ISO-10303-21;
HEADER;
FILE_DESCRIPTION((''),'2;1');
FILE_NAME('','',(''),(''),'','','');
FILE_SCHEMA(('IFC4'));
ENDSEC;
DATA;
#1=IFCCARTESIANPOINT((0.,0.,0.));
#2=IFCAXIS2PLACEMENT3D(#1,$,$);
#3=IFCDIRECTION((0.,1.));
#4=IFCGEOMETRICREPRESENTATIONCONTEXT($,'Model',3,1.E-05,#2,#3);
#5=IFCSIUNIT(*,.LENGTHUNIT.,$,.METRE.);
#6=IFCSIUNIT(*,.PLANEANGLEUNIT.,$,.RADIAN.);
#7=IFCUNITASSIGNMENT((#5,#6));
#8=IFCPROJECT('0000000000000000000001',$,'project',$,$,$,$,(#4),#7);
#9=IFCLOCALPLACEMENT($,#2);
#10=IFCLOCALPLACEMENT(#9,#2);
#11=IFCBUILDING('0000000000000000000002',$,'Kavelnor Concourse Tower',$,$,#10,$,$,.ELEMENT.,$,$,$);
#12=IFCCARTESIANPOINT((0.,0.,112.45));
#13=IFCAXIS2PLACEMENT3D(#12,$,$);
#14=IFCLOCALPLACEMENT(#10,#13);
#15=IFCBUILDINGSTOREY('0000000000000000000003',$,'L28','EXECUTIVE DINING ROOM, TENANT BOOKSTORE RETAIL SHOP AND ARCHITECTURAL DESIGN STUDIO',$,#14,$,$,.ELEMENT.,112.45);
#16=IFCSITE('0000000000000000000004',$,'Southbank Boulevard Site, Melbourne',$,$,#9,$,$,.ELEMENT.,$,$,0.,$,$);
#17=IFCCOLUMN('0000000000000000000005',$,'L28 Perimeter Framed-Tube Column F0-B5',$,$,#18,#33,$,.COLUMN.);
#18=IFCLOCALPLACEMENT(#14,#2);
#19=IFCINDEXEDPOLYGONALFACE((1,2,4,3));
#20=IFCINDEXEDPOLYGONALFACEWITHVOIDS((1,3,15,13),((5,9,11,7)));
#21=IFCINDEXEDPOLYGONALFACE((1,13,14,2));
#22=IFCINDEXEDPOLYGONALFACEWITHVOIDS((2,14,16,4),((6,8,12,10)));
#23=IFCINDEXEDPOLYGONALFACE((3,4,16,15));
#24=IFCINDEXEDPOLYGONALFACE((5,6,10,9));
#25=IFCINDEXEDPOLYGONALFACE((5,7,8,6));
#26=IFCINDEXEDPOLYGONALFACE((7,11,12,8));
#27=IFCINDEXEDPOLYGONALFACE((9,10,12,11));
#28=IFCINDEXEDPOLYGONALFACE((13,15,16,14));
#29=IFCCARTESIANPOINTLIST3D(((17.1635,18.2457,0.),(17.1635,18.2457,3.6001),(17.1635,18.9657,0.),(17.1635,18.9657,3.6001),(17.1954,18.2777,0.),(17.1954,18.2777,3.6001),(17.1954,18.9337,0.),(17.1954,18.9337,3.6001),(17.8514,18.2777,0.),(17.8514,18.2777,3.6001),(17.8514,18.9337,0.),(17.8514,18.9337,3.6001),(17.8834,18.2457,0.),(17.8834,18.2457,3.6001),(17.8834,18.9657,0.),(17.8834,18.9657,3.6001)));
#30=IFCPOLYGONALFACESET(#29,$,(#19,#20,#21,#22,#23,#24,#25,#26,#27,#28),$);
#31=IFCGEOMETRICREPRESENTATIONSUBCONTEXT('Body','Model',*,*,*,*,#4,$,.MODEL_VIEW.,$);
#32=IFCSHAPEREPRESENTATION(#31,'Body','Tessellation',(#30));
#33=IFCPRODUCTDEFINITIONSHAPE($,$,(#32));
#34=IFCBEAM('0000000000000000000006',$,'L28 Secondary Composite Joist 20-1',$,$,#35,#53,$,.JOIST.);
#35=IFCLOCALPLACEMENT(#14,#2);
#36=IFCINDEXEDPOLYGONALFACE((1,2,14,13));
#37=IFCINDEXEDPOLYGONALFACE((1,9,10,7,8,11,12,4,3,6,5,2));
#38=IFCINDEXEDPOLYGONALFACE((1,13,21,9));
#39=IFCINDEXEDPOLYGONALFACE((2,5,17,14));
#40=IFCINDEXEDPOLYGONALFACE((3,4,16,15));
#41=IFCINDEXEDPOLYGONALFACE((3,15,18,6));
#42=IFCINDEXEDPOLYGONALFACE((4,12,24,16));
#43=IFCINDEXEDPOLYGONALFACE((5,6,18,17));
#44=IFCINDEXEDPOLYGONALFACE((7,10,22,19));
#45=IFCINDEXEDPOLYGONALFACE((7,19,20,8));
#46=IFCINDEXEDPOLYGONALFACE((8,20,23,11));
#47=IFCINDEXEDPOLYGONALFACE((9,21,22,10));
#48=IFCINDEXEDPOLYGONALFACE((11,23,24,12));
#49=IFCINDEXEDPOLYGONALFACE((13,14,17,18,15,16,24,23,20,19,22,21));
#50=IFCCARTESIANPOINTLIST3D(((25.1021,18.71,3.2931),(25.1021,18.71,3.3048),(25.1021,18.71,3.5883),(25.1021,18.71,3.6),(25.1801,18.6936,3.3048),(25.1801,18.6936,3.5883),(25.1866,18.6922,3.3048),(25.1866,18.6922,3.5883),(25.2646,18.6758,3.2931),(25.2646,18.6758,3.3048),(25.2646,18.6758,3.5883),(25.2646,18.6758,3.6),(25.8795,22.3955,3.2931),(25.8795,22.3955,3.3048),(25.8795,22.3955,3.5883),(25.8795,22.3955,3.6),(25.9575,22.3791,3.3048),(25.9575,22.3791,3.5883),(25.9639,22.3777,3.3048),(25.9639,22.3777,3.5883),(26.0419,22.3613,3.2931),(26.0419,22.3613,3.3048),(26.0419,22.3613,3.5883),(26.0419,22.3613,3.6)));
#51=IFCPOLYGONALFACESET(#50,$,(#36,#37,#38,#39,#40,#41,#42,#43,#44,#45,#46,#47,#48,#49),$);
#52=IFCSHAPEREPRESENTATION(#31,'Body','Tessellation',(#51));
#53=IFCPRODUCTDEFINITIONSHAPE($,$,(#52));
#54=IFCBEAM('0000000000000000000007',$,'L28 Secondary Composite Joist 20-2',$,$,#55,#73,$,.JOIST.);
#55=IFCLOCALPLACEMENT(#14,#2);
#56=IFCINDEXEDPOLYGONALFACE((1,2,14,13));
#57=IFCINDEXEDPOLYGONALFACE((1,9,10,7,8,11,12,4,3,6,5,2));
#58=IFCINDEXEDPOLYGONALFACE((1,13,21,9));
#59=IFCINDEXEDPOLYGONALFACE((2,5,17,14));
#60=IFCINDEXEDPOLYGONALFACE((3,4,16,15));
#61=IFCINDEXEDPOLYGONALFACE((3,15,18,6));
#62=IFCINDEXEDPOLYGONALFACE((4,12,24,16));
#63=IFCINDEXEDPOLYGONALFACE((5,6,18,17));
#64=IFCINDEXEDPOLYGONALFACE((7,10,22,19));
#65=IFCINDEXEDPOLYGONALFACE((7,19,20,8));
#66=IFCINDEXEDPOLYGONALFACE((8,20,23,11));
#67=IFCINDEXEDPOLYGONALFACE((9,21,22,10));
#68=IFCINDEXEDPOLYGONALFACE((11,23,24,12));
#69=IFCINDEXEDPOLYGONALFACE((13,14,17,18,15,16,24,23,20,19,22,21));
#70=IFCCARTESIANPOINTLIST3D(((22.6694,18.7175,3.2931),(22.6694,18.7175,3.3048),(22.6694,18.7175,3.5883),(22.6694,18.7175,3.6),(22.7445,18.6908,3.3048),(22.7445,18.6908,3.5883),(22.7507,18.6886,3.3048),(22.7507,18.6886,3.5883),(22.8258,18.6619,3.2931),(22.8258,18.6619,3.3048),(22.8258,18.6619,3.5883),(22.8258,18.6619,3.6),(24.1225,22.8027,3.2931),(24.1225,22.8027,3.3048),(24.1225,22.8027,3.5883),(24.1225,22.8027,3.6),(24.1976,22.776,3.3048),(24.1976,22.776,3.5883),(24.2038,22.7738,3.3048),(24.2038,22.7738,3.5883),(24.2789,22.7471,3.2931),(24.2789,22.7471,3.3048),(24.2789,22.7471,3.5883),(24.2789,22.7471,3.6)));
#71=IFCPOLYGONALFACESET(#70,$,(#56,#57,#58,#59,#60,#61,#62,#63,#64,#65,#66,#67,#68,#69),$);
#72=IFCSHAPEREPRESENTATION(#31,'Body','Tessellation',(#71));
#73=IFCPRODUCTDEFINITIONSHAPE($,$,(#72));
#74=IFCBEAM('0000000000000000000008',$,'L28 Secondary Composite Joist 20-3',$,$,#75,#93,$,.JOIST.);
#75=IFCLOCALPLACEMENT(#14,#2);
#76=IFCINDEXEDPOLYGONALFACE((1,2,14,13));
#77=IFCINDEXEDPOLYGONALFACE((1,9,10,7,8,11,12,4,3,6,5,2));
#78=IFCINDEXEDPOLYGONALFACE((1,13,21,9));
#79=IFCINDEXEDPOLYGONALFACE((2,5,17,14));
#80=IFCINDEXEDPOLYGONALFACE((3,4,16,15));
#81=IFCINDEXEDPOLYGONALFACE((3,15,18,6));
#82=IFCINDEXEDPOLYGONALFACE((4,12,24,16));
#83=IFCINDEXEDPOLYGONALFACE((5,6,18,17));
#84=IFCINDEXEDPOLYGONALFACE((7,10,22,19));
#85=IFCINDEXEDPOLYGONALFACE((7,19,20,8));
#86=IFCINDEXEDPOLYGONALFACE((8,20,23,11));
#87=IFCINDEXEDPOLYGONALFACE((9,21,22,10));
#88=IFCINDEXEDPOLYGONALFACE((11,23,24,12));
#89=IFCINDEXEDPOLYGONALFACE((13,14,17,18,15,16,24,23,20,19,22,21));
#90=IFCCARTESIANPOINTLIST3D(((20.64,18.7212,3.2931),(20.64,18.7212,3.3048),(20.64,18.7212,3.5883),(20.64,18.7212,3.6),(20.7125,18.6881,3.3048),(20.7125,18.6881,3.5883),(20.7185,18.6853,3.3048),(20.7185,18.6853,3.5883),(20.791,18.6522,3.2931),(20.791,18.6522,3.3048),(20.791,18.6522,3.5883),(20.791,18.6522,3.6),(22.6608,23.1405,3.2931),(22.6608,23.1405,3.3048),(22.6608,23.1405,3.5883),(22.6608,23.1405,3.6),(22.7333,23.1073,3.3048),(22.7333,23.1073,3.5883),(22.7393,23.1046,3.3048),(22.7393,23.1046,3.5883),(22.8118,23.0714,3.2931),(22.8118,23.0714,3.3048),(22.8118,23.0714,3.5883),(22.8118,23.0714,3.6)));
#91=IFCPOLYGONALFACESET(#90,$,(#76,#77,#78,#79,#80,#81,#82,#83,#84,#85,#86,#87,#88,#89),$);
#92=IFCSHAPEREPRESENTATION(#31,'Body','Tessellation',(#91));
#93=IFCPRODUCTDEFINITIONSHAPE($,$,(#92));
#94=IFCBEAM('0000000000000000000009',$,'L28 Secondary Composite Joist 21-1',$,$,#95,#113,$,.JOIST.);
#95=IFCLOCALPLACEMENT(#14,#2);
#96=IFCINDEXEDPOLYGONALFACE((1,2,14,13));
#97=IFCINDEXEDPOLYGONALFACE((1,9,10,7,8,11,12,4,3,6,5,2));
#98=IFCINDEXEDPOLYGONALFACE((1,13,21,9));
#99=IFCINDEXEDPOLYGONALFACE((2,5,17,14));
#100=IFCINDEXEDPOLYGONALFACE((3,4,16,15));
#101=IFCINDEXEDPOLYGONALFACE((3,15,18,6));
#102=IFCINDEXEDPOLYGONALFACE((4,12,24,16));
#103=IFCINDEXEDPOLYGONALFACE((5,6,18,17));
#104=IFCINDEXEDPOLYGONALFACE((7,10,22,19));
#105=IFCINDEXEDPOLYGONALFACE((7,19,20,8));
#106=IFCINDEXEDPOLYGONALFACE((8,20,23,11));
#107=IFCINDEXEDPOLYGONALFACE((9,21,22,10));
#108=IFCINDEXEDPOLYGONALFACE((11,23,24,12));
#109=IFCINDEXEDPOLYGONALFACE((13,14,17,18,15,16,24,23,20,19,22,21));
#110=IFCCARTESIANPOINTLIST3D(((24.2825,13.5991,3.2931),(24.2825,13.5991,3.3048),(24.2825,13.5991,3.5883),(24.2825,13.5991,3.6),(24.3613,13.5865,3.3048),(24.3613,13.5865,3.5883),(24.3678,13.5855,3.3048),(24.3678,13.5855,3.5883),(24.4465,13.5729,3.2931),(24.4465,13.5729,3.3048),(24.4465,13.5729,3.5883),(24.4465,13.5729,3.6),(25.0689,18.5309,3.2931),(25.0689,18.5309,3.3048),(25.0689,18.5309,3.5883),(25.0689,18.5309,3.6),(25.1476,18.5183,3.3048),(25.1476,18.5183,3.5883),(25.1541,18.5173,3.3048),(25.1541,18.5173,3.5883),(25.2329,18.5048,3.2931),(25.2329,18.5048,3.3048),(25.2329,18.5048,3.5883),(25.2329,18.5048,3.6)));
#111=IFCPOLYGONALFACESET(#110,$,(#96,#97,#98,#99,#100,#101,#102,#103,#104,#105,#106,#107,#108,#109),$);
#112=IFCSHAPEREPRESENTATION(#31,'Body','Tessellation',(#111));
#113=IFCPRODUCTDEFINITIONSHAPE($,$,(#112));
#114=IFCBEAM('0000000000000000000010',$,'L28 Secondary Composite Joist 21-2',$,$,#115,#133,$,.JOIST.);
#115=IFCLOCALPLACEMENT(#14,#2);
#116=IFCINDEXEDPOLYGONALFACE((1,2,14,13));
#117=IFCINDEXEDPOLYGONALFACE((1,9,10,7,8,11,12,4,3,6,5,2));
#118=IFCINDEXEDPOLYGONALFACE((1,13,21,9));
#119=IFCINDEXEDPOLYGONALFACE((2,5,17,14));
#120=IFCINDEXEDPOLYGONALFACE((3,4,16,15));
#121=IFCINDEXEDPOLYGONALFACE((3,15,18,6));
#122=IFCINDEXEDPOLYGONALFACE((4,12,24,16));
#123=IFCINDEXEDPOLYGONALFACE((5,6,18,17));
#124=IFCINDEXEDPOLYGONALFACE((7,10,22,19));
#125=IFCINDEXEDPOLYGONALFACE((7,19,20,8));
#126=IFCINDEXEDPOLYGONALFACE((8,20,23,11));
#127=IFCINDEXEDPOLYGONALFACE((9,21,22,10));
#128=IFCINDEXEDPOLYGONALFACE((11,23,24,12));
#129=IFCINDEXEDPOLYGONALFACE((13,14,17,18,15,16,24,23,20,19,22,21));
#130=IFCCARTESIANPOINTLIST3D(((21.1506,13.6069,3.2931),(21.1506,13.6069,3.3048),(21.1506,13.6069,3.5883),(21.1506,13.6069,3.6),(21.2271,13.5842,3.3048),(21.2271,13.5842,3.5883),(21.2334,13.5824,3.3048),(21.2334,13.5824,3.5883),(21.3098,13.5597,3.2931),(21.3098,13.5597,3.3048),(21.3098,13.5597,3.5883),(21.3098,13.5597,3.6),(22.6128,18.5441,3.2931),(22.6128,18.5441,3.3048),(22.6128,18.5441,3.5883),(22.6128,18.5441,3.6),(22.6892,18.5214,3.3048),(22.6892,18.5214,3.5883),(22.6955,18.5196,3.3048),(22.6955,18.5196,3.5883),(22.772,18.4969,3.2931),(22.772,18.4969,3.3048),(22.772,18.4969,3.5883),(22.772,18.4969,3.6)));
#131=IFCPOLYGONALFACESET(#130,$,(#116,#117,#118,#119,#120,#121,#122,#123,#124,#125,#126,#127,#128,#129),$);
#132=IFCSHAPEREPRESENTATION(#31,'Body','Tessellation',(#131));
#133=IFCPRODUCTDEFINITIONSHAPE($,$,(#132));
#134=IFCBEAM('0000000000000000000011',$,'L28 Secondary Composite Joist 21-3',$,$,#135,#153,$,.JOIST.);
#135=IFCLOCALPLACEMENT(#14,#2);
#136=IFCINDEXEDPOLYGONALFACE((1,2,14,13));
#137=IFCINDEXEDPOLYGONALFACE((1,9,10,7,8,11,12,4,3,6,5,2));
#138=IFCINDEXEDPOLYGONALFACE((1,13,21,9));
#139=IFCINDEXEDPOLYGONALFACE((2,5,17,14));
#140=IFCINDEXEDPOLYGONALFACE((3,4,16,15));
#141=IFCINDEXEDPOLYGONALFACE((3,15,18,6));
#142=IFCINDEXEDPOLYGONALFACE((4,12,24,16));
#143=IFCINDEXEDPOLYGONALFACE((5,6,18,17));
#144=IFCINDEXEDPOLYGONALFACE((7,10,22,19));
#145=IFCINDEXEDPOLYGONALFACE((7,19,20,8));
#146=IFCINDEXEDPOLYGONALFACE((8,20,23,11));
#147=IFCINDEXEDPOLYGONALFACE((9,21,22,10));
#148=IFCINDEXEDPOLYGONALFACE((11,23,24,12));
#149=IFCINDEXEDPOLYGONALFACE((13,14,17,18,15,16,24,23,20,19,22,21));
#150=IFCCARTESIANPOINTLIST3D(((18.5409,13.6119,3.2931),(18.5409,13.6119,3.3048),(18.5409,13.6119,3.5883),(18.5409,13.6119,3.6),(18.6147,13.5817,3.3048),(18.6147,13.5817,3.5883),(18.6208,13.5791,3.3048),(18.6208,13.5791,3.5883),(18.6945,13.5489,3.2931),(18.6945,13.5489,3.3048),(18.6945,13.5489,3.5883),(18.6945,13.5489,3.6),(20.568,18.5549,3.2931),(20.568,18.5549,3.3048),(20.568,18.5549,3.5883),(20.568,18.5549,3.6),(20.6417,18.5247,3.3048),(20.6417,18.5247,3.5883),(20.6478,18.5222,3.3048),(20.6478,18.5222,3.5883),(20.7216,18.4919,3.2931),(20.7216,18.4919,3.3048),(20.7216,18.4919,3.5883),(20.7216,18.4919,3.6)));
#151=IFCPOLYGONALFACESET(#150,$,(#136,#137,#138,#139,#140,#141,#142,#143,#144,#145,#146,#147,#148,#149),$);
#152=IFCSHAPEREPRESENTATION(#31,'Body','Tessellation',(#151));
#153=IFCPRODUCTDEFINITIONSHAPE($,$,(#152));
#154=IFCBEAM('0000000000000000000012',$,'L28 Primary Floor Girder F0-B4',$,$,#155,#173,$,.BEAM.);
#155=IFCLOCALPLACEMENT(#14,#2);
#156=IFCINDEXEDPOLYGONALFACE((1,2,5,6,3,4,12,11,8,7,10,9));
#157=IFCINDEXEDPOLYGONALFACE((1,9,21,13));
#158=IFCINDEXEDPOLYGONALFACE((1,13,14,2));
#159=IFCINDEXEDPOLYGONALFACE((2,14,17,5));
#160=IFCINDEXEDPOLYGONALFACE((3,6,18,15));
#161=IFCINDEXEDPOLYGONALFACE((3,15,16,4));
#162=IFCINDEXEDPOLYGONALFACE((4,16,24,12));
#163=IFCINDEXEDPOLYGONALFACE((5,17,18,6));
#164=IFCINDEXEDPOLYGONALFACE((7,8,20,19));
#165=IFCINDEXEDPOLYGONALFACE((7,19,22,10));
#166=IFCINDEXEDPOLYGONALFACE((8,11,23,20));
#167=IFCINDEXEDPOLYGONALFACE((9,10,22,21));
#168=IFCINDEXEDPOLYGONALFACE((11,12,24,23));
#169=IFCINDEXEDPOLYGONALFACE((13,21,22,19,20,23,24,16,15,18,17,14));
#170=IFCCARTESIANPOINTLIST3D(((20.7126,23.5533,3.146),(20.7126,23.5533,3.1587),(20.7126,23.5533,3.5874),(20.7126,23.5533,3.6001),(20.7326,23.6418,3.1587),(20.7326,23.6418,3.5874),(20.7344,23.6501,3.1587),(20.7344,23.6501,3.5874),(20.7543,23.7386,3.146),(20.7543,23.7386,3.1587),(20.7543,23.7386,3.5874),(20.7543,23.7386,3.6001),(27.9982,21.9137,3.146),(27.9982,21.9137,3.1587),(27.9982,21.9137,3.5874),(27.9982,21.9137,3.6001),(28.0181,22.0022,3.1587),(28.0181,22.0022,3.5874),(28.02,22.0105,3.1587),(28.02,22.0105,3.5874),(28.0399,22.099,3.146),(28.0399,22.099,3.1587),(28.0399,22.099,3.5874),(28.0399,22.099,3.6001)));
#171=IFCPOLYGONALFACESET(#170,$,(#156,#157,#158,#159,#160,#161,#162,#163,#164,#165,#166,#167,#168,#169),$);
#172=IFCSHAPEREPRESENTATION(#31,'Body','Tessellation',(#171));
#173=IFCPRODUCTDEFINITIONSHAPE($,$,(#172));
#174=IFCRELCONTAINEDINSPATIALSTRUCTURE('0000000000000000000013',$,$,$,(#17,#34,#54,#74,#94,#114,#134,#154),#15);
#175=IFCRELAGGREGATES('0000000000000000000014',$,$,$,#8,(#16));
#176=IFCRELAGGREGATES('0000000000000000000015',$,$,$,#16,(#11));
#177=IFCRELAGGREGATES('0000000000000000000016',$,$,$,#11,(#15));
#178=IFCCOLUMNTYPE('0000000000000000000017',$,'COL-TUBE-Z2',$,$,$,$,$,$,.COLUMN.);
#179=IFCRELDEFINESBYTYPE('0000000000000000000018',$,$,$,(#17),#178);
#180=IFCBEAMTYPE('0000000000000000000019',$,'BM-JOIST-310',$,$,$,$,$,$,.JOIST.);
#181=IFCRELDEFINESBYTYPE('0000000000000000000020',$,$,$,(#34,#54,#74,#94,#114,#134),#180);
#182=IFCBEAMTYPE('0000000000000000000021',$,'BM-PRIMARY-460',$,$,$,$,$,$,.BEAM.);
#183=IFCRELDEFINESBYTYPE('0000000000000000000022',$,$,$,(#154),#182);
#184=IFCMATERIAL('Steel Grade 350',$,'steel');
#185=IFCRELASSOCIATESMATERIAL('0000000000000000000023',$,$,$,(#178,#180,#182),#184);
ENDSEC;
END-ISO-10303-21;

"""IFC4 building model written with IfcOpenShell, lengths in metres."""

from ifc_helpers import new_model, si_unit, direction, frame, origin, origin_2d, place, context, subcontext, project, spatial, hollow_rectangle, i_section, extrude, material, material_profile, profile_set, type_object, element, save


model = new_model("IFC4")

# Units and contexts
model_context = context("Model", 3, precision=1e-05, world=origin(), true_north=direction((0.0, 1.0)))
body_context = subcontext(model_context, "Body", "Model", "MODEL_VIEW")
ifc_project = project(units=[si_unit("LENGTHUNIT", "METRE"), si_unit("PLANEANGLEUNIT", "RADIAN")], contexts=[model_context])

# Site, building, storey
site_placement = place(None, origin())
site = spatial("IfcSite", under=ifc_project, at=site_placement, Name="Southbank Boulevard Site, Melbourne", CompositionType="ELEMENT", RefElevation=0.0)
building_placement = place(site_placement, origin())
building = spatial("IfcBuilding", under=site, at=building_placement, Name="Kavelnor Concourse Tower", CompositionType="ELEMENT")
storey_placement = place(building_placement, frame((0.0, 0.0, 112.45)))
storey = spatial("IfcBuildingStorey", under=building, at=storey_placement, Name="L28", Description="EXECUTIVE DINING ROOM, TENANT BOOKSTORE RETAIL SHOP AND ARCHITECTURAL DESIGN STUDIO", CompositionType="ELEMENT", Elevation=112.45)

# Column
ifc_material_1 = material(Name="Steel Grade 350", Category="steel")
ifc_material_profile_1 = material_profile(ifc_material_1, hollow_rectangle(XDim=0.72, YDim=0.72, WallThickness=0.032, at=origin_2d()), Name="SHS 720x720x32")
ifc_profile_set_1 = profile_set([ifc_material_profile_1], Name="Steel Grade 350")
column_type = type_object("IfcColumnType", Name="COL-TUBE-Z2", PredefinedType="COLUMN", material=ifc_profile_set_1)
column_placement = place(storey_placement, frame((17.5234, 18.6057, 0.0), z_axis=(0.0, 0.0, 1.0), x_axis=(1.0, 0.0, 0.0)))
element("IfcColumn", 1, at=column_placement, inside=storey, type_object=column_type, Name="L28 Perimeter Framed-Tube Column F0-B5", PredefinedType="COLUMN", context=body_context, shape_type="SweptSolid", body=[
    extrude(hollow_rectangle(XDim=0.72, YDim=0.72, WallThickness=0.032, at=origin_2d()), origin(), (0.0, 0.0, 1.0), 3.6001),
])

# Beams
ifc_material_profile_2 = material_profile(ifc_material_1, i_section(OverallWidth=0.166, OverallDepth=0.3069, WebThickness=0.0066, FlangeThickness=0.0117, at=origin_2d()), Name="310UB46")
ifc_profile_set_2 = profile_set([ifc_material_profile_2], Name="Steel Grade 350")
beam_type_1 = type_object("IfcBeamType", Name="BM-JOIST-310", PredefinedType="JOIST", material=ifc_profile_set_2)
beam_1_placement = place(storey_placement, frame((25.9607, 22.3784, 3.4465), z_axis=(-0.206376, -0.978473, 0.0), x_axis=(0.978473, -0.206376, 0.0)))
element("IfcBeam", 2, at=beam_1_placement, inside=storey, type_object=beam_type_1, Name="L28 Secondary Composite Joist 20-1", PredefinedType="JOIST", context=body_context, shape_type="SweptSolid", body=[
    extrude(i_section(OverallWidth=0.166, OverallDepth=0.3069, WebThickness=0.0066, FlangeThickness=0.0117, at=origin_2d()), origin(), (0.0, 0.0, 1.0), 3.7666),
])
beam_2_placement = place(storey_placement, frame((24.2007, 22.7749, 3.4465), z_axis=(-0.335134, -0.94217, 0.0), x_axis=(0.94217, -0.335134, 0.0)))
element("IfcBeam", 3, at=beam_2_placement, inside=storey, type_object=beam_type_1, Name="L28 Secondary Composite Joist 20-2", PredefinedType="JOIST", context=body_context, shape_type="SweptSolid", body=[
    extrude(i_section(OverallWidth=0.166, OverallDepth=0.3069, WebThickness=0.0066, FlangeThickness=0.0117, at=origin_2d()), origin(), (0.0, 0.0, 1.0), 4.3359),
])
beam_3_placement = place(storey_placement, frame((22.7363, 23.106, 3.4465), z_axis=(-0.415854, -0.909432, 0.0), x_axis=(0.909432, -0.415854, 0.0)))
element("IfcBeam", 4, at=beam_3_placement, inside=storey, type_object=beam_type_1, Name="L28 Secondary Composite Joist 20-3", PredefinedType="JOIST", context=body_context, shape_type="SweptSolid", body=[
    extrude(i_section(OverallWidth=0.166, OverallDepth=0.3069, WebThickness=0.0066, FlangeThickness=0.0117, at=origin_2d()), origin(), (0.0, 0.0, 1.0), 4.8594),
])
beam_4_placement = place(storey_placement, frame((25.1509, 18.5178, 3.4465), z_axis=(-0.157459, -0.987526, 0.0), x_axis=(0.987526, -0.157459, 0.0)))
element("IfcBeam", 5, at=beam_4_placement, inside=storey, type_object=beam_type_1, Name="L28 Secondary Composite Joist 21-1", PredefinedType="JOIST", context=body_context, shape_type="SweptSolid", body=[
    extrude(i_section(OverallWidth=0.166, OverallDepth=0.3069, WebThickness=0.0066, FlangeThickness=0.0117, at=origin_2d()), origin(), (0.0, 0.0, 1.0), 4.9941),
])
beam_5_placement = place(storey_placement, frame((22.6924, 18.5205, 3.4465), z_axis=(-0.283958, -0.958837, 0.0), x_axis=(0.958837, -0.283958, 0.0)))
element("IfcBeam", 6, at=beam_5_placement, inside=storey, type_object=beam_type_1, Name="L28 Secondary Composite Joist 21-2", PredefinedType="JOIST", context=body_context, shape_type="SweptSolid", body=[
    extrude(i_section(OverallWidth=0.166, OverallDepth=0.3069, WebThickness=0.0066, FlangeThickness=0.0117, at=origin_2d()), origin(), (0.0, 0.0, 1.0), 5.1492),
])
beam_6_placement = place(storey_placement, frame((20.6448, 18.5234, 3.4465), z_axis=(-0.379421, -0.925224, 0.0), x_axis=(0.925224, -0.379421, 0.0)))
element("IfcBeam", 7, at=beam_6_placement, inside=storey, type_object=beam_type_1, Name="L28 Secondary Composite Joist 21-3", PredefinedType="JOIST", context=body_context, shape_type="SweptSolid", body=[
    extrude(i_section(OverallWidth=0.166, OverallDepth=0.3069, WebThickness=0.0066, FlangeThickness=0.0117, at=origin_2d()), origin(), (0.0, 0.0, 1.0), 5.3425),
])
ifc_material_profile_3 = material_profile(ifc_material_1, i_section(OverallWidth=0.1899, OverallDepth=0.4541, WebThickness=0.0085, FlangeThickness=0.0127, at=origin_2d()), Name="460UB67")
ifc_profile_set_3 = profile_set([ifc_material_profile_3], Name="Steel Grade 350")
beam_type_2 = type_object("IfcBeamType", Name="BM-PRIMARY-460", PredefinedType="BEAM", material=ifc_profile_set_3)
beam_7_placement = place(storey_placement, frame((28.019, 22.0063, 3.373), z_axis=(-0.975599, 0.21956, 0.0), x_axis=(-0.21956, -0.975599, 0.0)))
element("IfcBeam", 8, at=beam_7_placement, inside=storey, type_object=beam_type_2, Name="L28 Primary Floor Girder F0-B4", PredefinedType="BEAM", context=body_context, shape_type="SweptSolid", body=[
    extrude(i_section(OverallWidth=0.1899, OverallDepth=0.4541, WebThickness=0.0085, FlangeThickness=0.0127, at=origin_2d()), origin(), (0.0, 0.0, 1.0), 7.4678),
])

save(model, "model.ifc")
